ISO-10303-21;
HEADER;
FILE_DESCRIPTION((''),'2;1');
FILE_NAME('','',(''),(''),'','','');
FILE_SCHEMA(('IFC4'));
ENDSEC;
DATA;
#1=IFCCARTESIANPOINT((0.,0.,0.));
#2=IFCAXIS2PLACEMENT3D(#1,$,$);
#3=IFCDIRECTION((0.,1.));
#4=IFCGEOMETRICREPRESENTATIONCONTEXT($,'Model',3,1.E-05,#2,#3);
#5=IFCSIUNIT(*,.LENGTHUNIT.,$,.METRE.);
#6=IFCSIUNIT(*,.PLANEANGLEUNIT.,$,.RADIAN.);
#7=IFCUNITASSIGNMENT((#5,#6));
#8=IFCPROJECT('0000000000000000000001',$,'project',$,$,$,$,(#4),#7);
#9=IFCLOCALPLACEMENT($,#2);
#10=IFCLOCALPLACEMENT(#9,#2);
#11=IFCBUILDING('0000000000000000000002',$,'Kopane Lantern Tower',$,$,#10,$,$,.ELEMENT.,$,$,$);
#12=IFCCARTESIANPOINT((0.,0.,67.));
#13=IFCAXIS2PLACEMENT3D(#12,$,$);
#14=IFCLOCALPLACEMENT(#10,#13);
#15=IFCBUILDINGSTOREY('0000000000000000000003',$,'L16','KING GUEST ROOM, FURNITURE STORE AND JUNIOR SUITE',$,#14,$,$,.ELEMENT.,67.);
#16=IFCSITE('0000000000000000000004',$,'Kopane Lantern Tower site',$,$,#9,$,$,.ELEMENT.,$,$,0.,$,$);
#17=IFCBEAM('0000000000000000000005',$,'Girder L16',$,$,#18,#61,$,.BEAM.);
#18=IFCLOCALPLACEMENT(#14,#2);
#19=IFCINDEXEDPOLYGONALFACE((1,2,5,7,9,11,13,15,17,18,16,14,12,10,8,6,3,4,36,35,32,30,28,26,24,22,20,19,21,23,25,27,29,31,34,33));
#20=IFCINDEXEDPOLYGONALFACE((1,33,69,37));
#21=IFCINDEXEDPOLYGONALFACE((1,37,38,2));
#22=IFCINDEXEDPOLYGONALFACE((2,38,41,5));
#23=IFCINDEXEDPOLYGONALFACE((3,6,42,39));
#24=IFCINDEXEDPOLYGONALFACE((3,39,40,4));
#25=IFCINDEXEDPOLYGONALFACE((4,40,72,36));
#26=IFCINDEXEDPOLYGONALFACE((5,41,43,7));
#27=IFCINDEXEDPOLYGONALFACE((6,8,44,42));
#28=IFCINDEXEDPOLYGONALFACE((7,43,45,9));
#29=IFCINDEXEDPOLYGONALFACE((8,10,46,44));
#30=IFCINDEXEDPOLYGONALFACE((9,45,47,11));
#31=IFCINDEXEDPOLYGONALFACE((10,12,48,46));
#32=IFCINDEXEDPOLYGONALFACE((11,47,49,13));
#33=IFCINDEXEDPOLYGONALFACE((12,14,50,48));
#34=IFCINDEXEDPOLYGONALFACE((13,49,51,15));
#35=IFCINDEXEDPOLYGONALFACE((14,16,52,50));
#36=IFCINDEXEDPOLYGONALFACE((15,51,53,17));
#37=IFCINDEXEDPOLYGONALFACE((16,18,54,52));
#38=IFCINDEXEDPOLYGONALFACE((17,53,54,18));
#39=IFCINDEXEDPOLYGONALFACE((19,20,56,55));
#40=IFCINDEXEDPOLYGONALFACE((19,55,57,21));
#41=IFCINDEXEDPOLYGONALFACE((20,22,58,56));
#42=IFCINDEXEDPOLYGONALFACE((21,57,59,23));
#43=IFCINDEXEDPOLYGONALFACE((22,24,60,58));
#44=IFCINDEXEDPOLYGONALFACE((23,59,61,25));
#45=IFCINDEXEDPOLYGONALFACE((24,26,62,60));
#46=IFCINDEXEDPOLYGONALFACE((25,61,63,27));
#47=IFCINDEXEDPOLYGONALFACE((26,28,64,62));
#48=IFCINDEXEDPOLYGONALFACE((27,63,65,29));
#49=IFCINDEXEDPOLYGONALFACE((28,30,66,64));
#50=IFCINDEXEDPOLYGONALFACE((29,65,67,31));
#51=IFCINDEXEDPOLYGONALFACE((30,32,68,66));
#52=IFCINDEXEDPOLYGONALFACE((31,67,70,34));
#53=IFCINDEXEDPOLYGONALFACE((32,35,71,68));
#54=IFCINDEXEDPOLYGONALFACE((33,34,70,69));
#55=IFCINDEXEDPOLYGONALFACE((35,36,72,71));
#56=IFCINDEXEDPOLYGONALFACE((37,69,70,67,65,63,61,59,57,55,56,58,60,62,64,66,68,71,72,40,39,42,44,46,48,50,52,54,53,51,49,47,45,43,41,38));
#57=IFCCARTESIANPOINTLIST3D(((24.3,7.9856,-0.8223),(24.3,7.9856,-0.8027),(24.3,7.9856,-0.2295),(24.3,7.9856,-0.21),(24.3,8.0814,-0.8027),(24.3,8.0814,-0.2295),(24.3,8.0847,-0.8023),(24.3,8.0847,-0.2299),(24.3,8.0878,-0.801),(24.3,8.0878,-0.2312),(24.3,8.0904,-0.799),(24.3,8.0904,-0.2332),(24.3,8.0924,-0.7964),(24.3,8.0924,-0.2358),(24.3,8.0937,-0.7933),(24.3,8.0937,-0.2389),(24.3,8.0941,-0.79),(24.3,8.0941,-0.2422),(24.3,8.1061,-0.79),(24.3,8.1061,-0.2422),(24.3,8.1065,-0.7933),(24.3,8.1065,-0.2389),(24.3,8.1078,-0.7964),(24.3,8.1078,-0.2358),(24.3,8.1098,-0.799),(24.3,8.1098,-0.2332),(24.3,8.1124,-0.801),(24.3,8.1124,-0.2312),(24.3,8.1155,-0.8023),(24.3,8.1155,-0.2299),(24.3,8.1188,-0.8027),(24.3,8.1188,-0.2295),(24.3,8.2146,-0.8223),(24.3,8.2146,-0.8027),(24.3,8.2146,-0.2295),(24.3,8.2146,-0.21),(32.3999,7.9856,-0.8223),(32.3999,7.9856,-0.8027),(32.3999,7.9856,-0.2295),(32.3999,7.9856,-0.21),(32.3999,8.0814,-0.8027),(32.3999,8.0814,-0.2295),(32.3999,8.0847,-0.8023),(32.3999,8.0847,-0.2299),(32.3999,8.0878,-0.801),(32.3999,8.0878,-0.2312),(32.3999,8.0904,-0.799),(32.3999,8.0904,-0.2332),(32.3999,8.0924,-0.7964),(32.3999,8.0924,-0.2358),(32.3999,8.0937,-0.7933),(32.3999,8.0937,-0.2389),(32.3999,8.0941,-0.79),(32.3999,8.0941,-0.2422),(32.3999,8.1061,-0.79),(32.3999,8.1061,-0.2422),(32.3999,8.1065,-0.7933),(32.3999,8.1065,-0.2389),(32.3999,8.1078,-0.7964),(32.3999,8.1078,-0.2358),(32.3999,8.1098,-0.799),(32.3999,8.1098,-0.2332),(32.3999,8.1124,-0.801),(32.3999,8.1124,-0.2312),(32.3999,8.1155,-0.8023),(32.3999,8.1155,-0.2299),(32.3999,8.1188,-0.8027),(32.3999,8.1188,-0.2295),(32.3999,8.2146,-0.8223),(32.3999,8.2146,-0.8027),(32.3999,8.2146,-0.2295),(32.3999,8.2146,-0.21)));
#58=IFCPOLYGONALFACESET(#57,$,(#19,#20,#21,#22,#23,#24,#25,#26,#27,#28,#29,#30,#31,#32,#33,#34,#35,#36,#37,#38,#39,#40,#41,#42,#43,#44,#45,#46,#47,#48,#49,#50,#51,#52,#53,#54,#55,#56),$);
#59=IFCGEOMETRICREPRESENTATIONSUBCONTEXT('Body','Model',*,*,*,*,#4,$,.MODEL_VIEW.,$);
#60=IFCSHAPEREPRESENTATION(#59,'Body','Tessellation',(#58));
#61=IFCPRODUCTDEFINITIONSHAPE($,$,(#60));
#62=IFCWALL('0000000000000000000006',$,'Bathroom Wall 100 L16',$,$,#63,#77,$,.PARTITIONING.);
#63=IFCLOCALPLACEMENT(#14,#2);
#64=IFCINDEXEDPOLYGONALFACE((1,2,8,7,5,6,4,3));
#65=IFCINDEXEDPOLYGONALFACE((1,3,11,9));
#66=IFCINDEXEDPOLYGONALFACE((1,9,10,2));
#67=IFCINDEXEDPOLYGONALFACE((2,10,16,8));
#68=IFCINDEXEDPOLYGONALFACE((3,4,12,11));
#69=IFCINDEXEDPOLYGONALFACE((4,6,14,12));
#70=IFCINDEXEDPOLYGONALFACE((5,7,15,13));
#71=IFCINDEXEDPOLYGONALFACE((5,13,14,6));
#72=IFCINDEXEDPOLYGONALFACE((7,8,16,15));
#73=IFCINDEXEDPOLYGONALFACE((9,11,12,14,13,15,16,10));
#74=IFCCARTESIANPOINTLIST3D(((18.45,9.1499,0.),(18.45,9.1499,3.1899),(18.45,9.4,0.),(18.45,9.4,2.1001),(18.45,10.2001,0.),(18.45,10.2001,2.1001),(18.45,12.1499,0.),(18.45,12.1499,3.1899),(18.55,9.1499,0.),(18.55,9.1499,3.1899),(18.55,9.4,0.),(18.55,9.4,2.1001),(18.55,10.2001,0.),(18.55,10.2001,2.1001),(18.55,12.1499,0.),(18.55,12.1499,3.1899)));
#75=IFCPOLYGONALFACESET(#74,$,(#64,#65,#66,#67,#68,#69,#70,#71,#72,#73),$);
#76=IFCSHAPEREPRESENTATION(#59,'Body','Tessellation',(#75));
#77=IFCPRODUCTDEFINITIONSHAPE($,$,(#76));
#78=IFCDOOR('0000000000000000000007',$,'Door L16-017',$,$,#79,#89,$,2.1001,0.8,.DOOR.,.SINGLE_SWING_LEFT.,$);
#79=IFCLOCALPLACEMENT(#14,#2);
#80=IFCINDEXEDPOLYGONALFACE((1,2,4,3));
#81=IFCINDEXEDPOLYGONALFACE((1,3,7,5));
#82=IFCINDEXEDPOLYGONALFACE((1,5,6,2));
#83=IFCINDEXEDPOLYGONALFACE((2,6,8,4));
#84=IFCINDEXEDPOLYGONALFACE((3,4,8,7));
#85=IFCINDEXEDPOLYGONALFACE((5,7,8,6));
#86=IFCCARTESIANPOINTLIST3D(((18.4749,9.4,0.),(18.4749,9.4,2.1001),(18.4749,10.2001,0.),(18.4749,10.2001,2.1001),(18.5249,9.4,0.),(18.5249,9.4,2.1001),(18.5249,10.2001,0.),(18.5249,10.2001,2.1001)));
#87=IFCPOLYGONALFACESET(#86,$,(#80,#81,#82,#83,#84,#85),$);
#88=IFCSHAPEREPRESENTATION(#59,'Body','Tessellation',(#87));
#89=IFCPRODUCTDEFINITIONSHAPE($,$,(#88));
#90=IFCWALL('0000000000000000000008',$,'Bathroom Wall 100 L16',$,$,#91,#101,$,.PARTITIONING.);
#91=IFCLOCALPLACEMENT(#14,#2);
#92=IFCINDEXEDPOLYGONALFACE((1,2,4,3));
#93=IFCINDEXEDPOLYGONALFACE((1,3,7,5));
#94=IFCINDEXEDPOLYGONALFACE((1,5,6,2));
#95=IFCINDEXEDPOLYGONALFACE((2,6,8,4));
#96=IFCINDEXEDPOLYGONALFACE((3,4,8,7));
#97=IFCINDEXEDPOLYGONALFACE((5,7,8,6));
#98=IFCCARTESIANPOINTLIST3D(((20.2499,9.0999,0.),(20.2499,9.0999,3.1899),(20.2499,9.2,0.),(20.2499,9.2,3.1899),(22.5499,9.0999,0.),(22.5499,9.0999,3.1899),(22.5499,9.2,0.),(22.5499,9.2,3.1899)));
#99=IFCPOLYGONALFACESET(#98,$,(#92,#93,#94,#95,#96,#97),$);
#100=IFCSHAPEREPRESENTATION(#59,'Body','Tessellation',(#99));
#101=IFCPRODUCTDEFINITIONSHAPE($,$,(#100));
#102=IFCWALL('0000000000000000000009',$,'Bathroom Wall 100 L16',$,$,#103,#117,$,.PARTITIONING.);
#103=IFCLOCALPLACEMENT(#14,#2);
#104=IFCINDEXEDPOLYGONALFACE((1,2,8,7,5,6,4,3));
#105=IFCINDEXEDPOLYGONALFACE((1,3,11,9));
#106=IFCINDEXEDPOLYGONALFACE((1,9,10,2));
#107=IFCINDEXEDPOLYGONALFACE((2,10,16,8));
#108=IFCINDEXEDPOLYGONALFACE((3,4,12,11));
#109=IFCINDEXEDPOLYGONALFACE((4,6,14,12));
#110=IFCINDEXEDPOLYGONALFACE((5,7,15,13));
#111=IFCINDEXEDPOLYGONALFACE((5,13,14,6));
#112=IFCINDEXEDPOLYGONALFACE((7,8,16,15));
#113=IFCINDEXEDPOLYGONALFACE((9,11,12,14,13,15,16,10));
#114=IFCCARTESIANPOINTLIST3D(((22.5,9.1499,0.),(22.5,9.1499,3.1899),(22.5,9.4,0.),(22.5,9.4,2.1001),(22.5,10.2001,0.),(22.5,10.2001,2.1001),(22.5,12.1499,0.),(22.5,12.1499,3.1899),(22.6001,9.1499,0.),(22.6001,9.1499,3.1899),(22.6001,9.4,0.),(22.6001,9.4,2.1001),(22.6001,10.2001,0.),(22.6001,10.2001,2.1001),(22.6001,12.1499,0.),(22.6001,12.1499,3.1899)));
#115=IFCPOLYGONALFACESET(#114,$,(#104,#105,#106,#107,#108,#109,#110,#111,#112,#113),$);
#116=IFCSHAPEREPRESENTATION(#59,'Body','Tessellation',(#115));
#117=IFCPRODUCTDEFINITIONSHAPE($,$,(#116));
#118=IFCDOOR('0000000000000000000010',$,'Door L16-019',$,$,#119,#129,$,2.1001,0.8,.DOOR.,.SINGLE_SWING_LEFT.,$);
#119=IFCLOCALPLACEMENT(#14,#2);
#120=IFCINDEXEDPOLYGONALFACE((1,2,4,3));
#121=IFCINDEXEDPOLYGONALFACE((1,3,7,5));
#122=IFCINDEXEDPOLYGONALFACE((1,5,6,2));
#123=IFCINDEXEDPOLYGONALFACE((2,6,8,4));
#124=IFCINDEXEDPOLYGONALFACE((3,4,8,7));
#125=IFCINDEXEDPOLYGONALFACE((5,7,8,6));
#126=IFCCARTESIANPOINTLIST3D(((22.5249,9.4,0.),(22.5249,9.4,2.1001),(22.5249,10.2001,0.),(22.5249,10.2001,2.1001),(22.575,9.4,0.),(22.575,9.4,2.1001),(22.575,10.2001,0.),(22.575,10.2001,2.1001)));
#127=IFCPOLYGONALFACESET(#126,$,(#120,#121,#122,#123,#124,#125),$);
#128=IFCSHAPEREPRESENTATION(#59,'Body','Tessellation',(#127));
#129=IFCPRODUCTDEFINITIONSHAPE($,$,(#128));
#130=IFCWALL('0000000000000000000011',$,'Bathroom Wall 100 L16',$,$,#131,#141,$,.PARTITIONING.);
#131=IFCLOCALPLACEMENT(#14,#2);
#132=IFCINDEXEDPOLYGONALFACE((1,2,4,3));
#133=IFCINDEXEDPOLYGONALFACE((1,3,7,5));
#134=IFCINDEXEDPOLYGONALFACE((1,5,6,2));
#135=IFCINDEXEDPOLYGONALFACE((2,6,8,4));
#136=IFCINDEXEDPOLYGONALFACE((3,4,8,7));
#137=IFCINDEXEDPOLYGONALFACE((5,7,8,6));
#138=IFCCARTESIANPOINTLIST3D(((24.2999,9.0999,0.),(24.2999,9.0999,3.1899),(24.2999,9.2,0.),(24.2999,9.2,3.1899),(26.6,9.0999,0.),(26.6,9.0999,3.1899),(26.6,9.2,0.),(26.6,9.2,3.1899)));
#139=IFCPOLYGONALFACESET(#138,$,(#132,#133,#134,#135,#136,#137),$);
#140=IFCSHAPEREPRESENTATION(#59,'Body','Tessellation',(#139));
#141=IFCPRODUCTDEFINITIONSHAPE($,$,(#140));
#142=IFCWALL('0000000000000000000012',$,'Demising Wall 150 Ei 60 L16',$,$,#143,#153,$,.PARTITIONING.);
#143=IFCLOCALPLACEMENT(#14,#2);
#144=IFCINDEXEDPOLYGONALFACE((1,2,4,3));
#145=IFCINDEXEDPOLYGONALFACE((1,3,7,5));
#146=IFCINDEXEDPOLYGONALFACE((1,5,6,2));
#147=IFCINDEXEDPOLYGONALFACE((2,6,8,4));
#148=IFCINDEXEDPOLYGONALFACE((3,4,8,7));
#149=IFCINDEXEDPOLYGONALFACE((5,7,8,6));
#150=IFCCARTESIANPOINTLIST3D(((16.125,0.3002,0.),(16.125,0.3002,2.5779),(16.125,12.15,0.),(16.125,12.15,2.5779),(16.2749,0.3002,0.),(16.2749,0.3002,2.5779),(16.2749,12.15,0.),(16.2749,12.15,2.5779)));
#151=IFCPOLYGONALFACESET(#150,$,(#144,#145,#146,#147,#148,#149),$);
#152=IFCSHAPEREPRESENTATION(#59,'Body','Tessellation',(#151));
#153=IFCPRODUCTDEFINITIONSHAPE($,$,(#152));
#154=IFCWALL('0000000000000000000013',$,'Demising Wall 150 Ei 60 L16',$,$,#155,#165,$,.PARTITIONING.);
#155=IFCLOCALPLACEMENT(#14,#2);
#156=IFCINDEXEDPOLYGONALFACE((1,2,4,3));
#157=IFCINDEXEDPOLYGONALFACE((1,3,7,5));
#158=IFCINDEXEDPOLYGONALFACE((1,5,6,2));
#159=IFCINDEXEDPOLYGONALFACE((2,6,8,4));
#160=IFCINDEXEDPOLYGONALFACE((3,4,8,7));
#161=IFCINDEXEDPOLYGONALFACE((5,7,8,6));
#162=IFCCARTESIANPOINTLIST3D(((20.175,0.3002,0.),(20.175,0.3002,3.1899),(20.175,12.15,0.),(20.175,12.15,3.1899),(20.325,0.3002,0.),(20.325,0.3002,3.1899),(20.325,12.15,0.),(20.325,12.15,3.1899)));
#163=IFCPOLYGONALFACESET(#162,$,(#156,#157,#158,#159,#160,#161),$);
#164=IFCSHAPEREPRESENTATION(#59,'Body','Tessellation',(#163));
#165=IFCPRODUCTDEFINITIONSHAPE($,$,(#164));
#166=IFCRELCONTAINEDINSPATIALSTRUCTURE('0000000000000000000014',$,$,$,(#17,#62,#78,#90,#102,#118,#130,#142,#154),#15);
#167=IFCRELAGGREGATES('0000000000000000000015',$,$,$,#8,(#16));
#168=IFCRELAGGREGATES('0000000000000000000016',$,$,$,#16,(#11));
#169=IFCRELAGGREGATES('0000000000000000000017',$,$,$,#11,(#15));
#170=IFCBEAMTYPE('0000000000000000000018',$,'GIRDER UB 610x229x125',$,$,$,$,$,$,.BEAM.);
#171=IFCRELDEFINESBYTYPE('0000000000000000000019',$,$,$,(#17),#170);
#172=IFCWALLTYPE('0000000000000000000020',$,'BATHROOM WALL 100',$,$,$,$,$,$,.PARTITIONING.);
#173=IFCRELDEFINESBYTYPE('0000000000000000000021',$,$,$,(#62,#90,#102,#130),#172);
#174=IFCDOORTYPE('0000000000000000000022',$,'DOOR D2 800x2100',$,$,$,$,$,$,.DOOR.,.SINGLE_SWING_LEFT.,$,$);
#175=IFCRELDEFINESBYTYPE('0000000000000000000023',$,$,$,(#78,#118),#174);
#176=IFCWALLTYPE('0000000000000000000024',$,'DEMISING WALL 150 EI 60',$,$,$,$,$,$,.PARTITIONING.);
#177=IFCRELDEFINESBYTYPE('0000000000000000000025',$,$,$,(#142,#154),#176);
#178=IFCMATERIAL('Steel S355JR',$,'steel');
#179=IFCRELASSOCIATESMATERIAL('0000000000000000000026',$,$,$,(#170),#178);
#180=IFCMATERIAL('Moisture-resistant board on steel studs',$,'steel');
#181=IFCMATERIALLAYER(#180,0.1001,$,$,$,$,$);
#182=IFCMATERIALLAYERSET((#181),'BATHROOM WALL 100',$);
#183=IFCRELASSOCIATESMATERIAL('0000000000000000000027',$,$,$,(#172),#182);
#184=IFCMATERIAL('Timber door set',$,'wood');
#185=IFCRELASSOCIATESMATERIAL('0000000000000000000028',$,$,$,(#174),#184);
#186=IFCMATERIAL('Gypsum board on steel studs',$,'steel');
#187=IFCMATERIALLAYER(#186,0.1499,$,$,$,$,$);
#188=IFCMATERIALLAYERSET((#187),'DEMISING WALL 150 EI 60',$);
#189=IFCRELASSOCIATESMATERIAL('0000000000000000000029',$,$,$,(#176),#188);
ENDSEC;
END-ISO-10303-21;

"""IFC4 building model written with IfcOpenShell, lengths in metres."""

from ifc_helpers import new_model, si_unit, direction, frame, frame_2d, origin, origin_2d, place, context, subcontext, project, spatial, rectangle, i_section, extrude, material, layer, layer_set, material_profile, profile_set, type_object, element, fill, save


model = new_model("IFC4")

# Units and contexts
model_context = context("Model", 3, precision=1e-05, world=origin(), true_north=direction((0.0, 1.0)))
body_context = subcontext(model_context, "Body", "Model", "MODEL_VIEW")
ifc_project = project(units=[si_unit("LENGTHUNIT", "METRE"), si_unit("PLANEANGLEUNIT", "RADIAN")], contexts=[model_context])

# Site, building, storey
site_placement = place(None, origin())
site = spatial("IfcSite", under=ifc_project, at=site_placement, Name="Kopane Lantern Tower site", CompositionType="ELEMENT", RefElevation=0.0)
building_placement = place(site_placement, origin())
building = spatial("IfcBuilding", under=site, at=building_placement, Name="Kopane Lantern Tower", CompositionType="ELEMENT")
storey_placement = place(building_placement, frame((0.0, 0.0, 67.0)))
storey = spatial("IfcBuildingStorey", under=building, at=storey_placement, Name="L16", Description="KING GUEST ROOM, FURNITURE STORE AND JUNIOR SUITE", CompositionType="ELEMENT", Elevation=67.0)

# Beam
ifc_material_1 = material(Name="Steel S355JR", Category="steel")
ifc_material_profile_1 = material_profile(ifc_material_1, i_section(OverallWidth=0.229, OverallDepth=0.6123, WebThickness=0.012, FlangeThickness=0.0195, FilletRadius=0.0127, at=origin_2d()), Name="UB 610x229x125")
ifc_profile_set_1 = profile_set([ifc_material_profile_1], Name="Steel S355JR")
beam_type = type_object("IfcBeamType", Name="GIRDER UB 610x229x125", PredefinedType="BEAM", material=ifc_profile_set_1)
for number, where, z_axis, x_axis, name in (
    (1, (24.3, 8.1001, -0.5161), (1.0, 0.0, 0.0), (0.0, 1.0, 0.0), "Girder L16"),
):
    element("IfcBeam", number, at=place(storey_placement, frame(where, z_axis=z_axis, x_axis=x_axis)), inside=storey, type_object=beam_type, Name=name, PredefinedType="BEAM", context=body_context, shape_type="SweptSolid", body=[
        extrude(i_section(OverallWidth=0.229, OverallDepth=0.6123, WebThickness=0.012, FlangeThickness=0.0195, FilletRadius=0.0127, at=origin_2d()), origin(), (0.0, 0.0, 1.0), 8.0999),
    ])

# Wall, opening, door
ifc_material_2 = material(Name="Moisture-resistant board on steel studs", Category="steel")
ifc_layer_1 = layer(ifc_material_2, 0.1001)
ifc_layer_set_1 = layer_set([ifc_layer_1], Name="BATHROOM WALL 100")
wall_type_1 = type_object("IfcWallType", Name="BATHROOM WALL 100", PredefinedType="PARTITIONING", material=ifc_layer_set_1)
wall_1_placement = place(storey_placement, frame((18.5, 12.1499, 0.0), z_axis=(0.0, 0.0, 1.0), x_axis=(0.0, -1.0, 0.0)))
wall_1 = element("IfcWall", 2, at=wall_1_placement, inside=storey, type_object=wall_type_1, Name="Bathroom Wall 100 L16", PredefinedType="PARTITIONING", context=body_context, shape_type="SweptSolid", body=[
    extrude(rectangle(XDim=3.0, YDim=0.1001, at=frame_2d((1.5, 0.0))), origin(), (0.0, 0.0, 1.0), 3.1899),
])
opening_1_placement = place(wall_1_placement, frame((1.95, 0.0, 0.0)))
opening_1 = element("IfcOpeningElement", 3, at=opening_1_placement, cuts=wall_1, PredefinedType="OPENING", context=body_context, shape_type="SweptSolid", body=[
    extrude(rectangle(XDim=0.8, YDim=2.1001, at=frame_2d((0.3999, 1.05))), frame((0.0, 0.0601, 0.0), z_axis=(0.0, -1.0, 0.0), x_axis=(1.0, 0.0, 0.0)), (0.0, 0.0, 1.0), 0.1201),
])
ifc_material_3 = material(Name="Timber door set", Category="wood")
door_type = type_object("IfcDoorType", Name="DOOR D2 800x2100", OperationType="SINGLE_SWING_LEFT", PredefinedType="DOOR", material=ifc_material_3)
door_1_placement = place(opening_1_placement, origin())
door_1 = element("IfcDoor", 4, at=door_1_placement, inside=storey, type_object=door_type, Name="Door L16-017", OperationType="SINGLE_SWING_LEFT", OverallHeight=2.1001, OverallWidth=0.8, PredefinedType="DOOR", context=body_context, shape_type="SweptSolid", body=[
    extrude(rectangle(XDim=0.8, YDim=2.1001, at=frame_2d((0.3999, 1.05))), frame((0.0, 0.0249, 0.0), z_axis=(0.0, -1.0, 0.0), x_axis=(1.0, 0.0, 0.0)), (0.0, 0.0, 1.0), 0.05),
])
fill(opening_1, door_1)

# Wall
wall_2_placement = place(storey_placement, frame((20.25, 9.1499, 0.0), z_axis=(0.0, 0.0, 1.0), x_axis=(1.0, 0.0, 0.0)))
element("IfcWall", 5, at=wall_2_placement, inside=storey, type_object=wall_type_1, Name="Bathroom Wall 100 L16", PredefinedType="PARTITIONING", context=body_context, shape_type="SweptSolid", body=[
    extrude(rectangle(XDim=2.3, YDim=0.1001, at=frame_2d((1.1499, 0.0))), origin(), (0.0, 0.0, 1.0), 3.1899),
])

# Wall, opening, door
wall_3_placement = place(storey_placement, frame((22.55, 12.1499, 0.0), z_axis=(0.0, 0.0, 1.0), x_axis=(0.0, -1.0, 0.0)))
wall_3 = element("IfcWall", 6, at=wall_3_placement, inside=storey, type_object=wall_type_1, Name="Bathroom Wall 100 L16", PredefinedType="PARTITIONING", context=body_context, shape_type="SweptSolid", body=[
    extrude(rectangle(XDim=3.0, YDim=0.1001, at=frame_2d((1.5, 0.0))), origin(), (0.0, 0.0, 1.0), 3.1899),
])
opening_2_placement = place(wall_3_placement, frame((1.95, 0.0, 0.0)))
opening_2 = element("IfcOpeningElement", 7, at=opening_2_placement, cuts=wall_3, PredefinedType="OPENING", context=body_context, shape_type="SweptSolid", body=[
    extrude(rectangle(XDim=0.8, YDim=2.1001, at=frame_2d((0.3999, 1.05))), frame((0.0, 0.0601, 0.0), z_axis=(0.0, -1.0, 0.0), x_axis=(1.0, 0.0, 0.0)), (0.0, 0.0, 1.0), 0.1201),
])
door_2_placement = place(opening_2_placement, origin())
door_2 = element("IfcDoor", 8, at=door_2_placement, inside=storey, type_object=door_type, Name="Door L16-019", OperationType="SINGLE_SWING_LEFT", OverallHeight=2.1001, OverallWidth=0.8, PredefinedType="DOOR", context=body_context, shape_type="SweptSolid", body=[
    extrude(rectangle(XDim=0.8, YDim=2.1001, at=frame_2d((0.3999, 1.05))), frame((0.0, 0.0249, 0.0), z_axis=(0.0, -1.0, 0.0), x_axis=(1.0, 0.0, 0.0)), (0.0, 0.0, 1.0), 0.05),
])
fill(opening_2, door_2)

# Walls
wall_4_placement = place(storey_placement, frame((24.3, 9.1499, 0.0), z_axis=(0.0, 0.0, 1.0), x_axis=(1.0, 0.0, 0.0)))
element("IfcWall", 9, at=wall_4_placement, inside=storey, type_object=wall_type_1, Name="Bathroom Wall 100 L16", PredefinedType="PARTITIONING", context=body_context, shape_type="SweptSolid", body=[
    extrude(rectangle(XDim=2.3, YDim=0.1001, at=frame_2d((1.1499, 0.0))), origin(), (0.0, 0.0, 1.0), 3.1899),
])
ifc_material_4 = material(Name="Gypsum board on steel studs", Category="steel")
ifc_layer_2 = layer(ifc_material_4, 0.1499)
ifc_layer_set_2 = layer_set([ifc_layer_2], Name="DEMISING WALL 150 EI 60")
wall_type_2 = type_object("IfcWallType", Name="DEMISING WALL 150 EI 60", PredefinedType="PARTITIONING", material=ifc_layer_set_2)
wall_5_placement = place(storey_placement, frame((16.2, 12.1499, 0.0), z_axis=(0.0, 0.0, 1.0), x_axis=(0.0, -1.0, 0.0)))
element("IfcWall", 10, at=wall_5_placement, inside=storey, type_object=wall_type_2, Name="Demising Wall 150 Ei 60 L16", PredefinedType="PARTITIONING", context=body_context, shape_type="SweptSolid", body=[
    extrude(rectangle(XDim=11.8499, YDim=0.1499, at=frame_2d((5.9248, 0.0))), origin(), (0.0, 0.0, 1.0), 2.5779),
])
wall_6_placement = place(storey_placement, frame((20.25, 12.1499, 0.0), z_axis=(0.0, 0.0, 1.0), x_axis=(0.0, -1.0, 0.0)))
element("IfcWall", 11, at=wall_6_placement, inside=storey, type_object=wall_type_2, Name="Demising Wall 150 Ei 60 L16", PredefinedType="PARTITIONING", context=body_context, shape_type="SweptSolid", body=[
    extrude(rectangle(XDim=11.8499, YDim=0.1499, at=frame_2d((5.9248, 0.0))), origin(), (0.0, 0.0, 1.0), 3.1899),
])

save(model, "model.ifc")
